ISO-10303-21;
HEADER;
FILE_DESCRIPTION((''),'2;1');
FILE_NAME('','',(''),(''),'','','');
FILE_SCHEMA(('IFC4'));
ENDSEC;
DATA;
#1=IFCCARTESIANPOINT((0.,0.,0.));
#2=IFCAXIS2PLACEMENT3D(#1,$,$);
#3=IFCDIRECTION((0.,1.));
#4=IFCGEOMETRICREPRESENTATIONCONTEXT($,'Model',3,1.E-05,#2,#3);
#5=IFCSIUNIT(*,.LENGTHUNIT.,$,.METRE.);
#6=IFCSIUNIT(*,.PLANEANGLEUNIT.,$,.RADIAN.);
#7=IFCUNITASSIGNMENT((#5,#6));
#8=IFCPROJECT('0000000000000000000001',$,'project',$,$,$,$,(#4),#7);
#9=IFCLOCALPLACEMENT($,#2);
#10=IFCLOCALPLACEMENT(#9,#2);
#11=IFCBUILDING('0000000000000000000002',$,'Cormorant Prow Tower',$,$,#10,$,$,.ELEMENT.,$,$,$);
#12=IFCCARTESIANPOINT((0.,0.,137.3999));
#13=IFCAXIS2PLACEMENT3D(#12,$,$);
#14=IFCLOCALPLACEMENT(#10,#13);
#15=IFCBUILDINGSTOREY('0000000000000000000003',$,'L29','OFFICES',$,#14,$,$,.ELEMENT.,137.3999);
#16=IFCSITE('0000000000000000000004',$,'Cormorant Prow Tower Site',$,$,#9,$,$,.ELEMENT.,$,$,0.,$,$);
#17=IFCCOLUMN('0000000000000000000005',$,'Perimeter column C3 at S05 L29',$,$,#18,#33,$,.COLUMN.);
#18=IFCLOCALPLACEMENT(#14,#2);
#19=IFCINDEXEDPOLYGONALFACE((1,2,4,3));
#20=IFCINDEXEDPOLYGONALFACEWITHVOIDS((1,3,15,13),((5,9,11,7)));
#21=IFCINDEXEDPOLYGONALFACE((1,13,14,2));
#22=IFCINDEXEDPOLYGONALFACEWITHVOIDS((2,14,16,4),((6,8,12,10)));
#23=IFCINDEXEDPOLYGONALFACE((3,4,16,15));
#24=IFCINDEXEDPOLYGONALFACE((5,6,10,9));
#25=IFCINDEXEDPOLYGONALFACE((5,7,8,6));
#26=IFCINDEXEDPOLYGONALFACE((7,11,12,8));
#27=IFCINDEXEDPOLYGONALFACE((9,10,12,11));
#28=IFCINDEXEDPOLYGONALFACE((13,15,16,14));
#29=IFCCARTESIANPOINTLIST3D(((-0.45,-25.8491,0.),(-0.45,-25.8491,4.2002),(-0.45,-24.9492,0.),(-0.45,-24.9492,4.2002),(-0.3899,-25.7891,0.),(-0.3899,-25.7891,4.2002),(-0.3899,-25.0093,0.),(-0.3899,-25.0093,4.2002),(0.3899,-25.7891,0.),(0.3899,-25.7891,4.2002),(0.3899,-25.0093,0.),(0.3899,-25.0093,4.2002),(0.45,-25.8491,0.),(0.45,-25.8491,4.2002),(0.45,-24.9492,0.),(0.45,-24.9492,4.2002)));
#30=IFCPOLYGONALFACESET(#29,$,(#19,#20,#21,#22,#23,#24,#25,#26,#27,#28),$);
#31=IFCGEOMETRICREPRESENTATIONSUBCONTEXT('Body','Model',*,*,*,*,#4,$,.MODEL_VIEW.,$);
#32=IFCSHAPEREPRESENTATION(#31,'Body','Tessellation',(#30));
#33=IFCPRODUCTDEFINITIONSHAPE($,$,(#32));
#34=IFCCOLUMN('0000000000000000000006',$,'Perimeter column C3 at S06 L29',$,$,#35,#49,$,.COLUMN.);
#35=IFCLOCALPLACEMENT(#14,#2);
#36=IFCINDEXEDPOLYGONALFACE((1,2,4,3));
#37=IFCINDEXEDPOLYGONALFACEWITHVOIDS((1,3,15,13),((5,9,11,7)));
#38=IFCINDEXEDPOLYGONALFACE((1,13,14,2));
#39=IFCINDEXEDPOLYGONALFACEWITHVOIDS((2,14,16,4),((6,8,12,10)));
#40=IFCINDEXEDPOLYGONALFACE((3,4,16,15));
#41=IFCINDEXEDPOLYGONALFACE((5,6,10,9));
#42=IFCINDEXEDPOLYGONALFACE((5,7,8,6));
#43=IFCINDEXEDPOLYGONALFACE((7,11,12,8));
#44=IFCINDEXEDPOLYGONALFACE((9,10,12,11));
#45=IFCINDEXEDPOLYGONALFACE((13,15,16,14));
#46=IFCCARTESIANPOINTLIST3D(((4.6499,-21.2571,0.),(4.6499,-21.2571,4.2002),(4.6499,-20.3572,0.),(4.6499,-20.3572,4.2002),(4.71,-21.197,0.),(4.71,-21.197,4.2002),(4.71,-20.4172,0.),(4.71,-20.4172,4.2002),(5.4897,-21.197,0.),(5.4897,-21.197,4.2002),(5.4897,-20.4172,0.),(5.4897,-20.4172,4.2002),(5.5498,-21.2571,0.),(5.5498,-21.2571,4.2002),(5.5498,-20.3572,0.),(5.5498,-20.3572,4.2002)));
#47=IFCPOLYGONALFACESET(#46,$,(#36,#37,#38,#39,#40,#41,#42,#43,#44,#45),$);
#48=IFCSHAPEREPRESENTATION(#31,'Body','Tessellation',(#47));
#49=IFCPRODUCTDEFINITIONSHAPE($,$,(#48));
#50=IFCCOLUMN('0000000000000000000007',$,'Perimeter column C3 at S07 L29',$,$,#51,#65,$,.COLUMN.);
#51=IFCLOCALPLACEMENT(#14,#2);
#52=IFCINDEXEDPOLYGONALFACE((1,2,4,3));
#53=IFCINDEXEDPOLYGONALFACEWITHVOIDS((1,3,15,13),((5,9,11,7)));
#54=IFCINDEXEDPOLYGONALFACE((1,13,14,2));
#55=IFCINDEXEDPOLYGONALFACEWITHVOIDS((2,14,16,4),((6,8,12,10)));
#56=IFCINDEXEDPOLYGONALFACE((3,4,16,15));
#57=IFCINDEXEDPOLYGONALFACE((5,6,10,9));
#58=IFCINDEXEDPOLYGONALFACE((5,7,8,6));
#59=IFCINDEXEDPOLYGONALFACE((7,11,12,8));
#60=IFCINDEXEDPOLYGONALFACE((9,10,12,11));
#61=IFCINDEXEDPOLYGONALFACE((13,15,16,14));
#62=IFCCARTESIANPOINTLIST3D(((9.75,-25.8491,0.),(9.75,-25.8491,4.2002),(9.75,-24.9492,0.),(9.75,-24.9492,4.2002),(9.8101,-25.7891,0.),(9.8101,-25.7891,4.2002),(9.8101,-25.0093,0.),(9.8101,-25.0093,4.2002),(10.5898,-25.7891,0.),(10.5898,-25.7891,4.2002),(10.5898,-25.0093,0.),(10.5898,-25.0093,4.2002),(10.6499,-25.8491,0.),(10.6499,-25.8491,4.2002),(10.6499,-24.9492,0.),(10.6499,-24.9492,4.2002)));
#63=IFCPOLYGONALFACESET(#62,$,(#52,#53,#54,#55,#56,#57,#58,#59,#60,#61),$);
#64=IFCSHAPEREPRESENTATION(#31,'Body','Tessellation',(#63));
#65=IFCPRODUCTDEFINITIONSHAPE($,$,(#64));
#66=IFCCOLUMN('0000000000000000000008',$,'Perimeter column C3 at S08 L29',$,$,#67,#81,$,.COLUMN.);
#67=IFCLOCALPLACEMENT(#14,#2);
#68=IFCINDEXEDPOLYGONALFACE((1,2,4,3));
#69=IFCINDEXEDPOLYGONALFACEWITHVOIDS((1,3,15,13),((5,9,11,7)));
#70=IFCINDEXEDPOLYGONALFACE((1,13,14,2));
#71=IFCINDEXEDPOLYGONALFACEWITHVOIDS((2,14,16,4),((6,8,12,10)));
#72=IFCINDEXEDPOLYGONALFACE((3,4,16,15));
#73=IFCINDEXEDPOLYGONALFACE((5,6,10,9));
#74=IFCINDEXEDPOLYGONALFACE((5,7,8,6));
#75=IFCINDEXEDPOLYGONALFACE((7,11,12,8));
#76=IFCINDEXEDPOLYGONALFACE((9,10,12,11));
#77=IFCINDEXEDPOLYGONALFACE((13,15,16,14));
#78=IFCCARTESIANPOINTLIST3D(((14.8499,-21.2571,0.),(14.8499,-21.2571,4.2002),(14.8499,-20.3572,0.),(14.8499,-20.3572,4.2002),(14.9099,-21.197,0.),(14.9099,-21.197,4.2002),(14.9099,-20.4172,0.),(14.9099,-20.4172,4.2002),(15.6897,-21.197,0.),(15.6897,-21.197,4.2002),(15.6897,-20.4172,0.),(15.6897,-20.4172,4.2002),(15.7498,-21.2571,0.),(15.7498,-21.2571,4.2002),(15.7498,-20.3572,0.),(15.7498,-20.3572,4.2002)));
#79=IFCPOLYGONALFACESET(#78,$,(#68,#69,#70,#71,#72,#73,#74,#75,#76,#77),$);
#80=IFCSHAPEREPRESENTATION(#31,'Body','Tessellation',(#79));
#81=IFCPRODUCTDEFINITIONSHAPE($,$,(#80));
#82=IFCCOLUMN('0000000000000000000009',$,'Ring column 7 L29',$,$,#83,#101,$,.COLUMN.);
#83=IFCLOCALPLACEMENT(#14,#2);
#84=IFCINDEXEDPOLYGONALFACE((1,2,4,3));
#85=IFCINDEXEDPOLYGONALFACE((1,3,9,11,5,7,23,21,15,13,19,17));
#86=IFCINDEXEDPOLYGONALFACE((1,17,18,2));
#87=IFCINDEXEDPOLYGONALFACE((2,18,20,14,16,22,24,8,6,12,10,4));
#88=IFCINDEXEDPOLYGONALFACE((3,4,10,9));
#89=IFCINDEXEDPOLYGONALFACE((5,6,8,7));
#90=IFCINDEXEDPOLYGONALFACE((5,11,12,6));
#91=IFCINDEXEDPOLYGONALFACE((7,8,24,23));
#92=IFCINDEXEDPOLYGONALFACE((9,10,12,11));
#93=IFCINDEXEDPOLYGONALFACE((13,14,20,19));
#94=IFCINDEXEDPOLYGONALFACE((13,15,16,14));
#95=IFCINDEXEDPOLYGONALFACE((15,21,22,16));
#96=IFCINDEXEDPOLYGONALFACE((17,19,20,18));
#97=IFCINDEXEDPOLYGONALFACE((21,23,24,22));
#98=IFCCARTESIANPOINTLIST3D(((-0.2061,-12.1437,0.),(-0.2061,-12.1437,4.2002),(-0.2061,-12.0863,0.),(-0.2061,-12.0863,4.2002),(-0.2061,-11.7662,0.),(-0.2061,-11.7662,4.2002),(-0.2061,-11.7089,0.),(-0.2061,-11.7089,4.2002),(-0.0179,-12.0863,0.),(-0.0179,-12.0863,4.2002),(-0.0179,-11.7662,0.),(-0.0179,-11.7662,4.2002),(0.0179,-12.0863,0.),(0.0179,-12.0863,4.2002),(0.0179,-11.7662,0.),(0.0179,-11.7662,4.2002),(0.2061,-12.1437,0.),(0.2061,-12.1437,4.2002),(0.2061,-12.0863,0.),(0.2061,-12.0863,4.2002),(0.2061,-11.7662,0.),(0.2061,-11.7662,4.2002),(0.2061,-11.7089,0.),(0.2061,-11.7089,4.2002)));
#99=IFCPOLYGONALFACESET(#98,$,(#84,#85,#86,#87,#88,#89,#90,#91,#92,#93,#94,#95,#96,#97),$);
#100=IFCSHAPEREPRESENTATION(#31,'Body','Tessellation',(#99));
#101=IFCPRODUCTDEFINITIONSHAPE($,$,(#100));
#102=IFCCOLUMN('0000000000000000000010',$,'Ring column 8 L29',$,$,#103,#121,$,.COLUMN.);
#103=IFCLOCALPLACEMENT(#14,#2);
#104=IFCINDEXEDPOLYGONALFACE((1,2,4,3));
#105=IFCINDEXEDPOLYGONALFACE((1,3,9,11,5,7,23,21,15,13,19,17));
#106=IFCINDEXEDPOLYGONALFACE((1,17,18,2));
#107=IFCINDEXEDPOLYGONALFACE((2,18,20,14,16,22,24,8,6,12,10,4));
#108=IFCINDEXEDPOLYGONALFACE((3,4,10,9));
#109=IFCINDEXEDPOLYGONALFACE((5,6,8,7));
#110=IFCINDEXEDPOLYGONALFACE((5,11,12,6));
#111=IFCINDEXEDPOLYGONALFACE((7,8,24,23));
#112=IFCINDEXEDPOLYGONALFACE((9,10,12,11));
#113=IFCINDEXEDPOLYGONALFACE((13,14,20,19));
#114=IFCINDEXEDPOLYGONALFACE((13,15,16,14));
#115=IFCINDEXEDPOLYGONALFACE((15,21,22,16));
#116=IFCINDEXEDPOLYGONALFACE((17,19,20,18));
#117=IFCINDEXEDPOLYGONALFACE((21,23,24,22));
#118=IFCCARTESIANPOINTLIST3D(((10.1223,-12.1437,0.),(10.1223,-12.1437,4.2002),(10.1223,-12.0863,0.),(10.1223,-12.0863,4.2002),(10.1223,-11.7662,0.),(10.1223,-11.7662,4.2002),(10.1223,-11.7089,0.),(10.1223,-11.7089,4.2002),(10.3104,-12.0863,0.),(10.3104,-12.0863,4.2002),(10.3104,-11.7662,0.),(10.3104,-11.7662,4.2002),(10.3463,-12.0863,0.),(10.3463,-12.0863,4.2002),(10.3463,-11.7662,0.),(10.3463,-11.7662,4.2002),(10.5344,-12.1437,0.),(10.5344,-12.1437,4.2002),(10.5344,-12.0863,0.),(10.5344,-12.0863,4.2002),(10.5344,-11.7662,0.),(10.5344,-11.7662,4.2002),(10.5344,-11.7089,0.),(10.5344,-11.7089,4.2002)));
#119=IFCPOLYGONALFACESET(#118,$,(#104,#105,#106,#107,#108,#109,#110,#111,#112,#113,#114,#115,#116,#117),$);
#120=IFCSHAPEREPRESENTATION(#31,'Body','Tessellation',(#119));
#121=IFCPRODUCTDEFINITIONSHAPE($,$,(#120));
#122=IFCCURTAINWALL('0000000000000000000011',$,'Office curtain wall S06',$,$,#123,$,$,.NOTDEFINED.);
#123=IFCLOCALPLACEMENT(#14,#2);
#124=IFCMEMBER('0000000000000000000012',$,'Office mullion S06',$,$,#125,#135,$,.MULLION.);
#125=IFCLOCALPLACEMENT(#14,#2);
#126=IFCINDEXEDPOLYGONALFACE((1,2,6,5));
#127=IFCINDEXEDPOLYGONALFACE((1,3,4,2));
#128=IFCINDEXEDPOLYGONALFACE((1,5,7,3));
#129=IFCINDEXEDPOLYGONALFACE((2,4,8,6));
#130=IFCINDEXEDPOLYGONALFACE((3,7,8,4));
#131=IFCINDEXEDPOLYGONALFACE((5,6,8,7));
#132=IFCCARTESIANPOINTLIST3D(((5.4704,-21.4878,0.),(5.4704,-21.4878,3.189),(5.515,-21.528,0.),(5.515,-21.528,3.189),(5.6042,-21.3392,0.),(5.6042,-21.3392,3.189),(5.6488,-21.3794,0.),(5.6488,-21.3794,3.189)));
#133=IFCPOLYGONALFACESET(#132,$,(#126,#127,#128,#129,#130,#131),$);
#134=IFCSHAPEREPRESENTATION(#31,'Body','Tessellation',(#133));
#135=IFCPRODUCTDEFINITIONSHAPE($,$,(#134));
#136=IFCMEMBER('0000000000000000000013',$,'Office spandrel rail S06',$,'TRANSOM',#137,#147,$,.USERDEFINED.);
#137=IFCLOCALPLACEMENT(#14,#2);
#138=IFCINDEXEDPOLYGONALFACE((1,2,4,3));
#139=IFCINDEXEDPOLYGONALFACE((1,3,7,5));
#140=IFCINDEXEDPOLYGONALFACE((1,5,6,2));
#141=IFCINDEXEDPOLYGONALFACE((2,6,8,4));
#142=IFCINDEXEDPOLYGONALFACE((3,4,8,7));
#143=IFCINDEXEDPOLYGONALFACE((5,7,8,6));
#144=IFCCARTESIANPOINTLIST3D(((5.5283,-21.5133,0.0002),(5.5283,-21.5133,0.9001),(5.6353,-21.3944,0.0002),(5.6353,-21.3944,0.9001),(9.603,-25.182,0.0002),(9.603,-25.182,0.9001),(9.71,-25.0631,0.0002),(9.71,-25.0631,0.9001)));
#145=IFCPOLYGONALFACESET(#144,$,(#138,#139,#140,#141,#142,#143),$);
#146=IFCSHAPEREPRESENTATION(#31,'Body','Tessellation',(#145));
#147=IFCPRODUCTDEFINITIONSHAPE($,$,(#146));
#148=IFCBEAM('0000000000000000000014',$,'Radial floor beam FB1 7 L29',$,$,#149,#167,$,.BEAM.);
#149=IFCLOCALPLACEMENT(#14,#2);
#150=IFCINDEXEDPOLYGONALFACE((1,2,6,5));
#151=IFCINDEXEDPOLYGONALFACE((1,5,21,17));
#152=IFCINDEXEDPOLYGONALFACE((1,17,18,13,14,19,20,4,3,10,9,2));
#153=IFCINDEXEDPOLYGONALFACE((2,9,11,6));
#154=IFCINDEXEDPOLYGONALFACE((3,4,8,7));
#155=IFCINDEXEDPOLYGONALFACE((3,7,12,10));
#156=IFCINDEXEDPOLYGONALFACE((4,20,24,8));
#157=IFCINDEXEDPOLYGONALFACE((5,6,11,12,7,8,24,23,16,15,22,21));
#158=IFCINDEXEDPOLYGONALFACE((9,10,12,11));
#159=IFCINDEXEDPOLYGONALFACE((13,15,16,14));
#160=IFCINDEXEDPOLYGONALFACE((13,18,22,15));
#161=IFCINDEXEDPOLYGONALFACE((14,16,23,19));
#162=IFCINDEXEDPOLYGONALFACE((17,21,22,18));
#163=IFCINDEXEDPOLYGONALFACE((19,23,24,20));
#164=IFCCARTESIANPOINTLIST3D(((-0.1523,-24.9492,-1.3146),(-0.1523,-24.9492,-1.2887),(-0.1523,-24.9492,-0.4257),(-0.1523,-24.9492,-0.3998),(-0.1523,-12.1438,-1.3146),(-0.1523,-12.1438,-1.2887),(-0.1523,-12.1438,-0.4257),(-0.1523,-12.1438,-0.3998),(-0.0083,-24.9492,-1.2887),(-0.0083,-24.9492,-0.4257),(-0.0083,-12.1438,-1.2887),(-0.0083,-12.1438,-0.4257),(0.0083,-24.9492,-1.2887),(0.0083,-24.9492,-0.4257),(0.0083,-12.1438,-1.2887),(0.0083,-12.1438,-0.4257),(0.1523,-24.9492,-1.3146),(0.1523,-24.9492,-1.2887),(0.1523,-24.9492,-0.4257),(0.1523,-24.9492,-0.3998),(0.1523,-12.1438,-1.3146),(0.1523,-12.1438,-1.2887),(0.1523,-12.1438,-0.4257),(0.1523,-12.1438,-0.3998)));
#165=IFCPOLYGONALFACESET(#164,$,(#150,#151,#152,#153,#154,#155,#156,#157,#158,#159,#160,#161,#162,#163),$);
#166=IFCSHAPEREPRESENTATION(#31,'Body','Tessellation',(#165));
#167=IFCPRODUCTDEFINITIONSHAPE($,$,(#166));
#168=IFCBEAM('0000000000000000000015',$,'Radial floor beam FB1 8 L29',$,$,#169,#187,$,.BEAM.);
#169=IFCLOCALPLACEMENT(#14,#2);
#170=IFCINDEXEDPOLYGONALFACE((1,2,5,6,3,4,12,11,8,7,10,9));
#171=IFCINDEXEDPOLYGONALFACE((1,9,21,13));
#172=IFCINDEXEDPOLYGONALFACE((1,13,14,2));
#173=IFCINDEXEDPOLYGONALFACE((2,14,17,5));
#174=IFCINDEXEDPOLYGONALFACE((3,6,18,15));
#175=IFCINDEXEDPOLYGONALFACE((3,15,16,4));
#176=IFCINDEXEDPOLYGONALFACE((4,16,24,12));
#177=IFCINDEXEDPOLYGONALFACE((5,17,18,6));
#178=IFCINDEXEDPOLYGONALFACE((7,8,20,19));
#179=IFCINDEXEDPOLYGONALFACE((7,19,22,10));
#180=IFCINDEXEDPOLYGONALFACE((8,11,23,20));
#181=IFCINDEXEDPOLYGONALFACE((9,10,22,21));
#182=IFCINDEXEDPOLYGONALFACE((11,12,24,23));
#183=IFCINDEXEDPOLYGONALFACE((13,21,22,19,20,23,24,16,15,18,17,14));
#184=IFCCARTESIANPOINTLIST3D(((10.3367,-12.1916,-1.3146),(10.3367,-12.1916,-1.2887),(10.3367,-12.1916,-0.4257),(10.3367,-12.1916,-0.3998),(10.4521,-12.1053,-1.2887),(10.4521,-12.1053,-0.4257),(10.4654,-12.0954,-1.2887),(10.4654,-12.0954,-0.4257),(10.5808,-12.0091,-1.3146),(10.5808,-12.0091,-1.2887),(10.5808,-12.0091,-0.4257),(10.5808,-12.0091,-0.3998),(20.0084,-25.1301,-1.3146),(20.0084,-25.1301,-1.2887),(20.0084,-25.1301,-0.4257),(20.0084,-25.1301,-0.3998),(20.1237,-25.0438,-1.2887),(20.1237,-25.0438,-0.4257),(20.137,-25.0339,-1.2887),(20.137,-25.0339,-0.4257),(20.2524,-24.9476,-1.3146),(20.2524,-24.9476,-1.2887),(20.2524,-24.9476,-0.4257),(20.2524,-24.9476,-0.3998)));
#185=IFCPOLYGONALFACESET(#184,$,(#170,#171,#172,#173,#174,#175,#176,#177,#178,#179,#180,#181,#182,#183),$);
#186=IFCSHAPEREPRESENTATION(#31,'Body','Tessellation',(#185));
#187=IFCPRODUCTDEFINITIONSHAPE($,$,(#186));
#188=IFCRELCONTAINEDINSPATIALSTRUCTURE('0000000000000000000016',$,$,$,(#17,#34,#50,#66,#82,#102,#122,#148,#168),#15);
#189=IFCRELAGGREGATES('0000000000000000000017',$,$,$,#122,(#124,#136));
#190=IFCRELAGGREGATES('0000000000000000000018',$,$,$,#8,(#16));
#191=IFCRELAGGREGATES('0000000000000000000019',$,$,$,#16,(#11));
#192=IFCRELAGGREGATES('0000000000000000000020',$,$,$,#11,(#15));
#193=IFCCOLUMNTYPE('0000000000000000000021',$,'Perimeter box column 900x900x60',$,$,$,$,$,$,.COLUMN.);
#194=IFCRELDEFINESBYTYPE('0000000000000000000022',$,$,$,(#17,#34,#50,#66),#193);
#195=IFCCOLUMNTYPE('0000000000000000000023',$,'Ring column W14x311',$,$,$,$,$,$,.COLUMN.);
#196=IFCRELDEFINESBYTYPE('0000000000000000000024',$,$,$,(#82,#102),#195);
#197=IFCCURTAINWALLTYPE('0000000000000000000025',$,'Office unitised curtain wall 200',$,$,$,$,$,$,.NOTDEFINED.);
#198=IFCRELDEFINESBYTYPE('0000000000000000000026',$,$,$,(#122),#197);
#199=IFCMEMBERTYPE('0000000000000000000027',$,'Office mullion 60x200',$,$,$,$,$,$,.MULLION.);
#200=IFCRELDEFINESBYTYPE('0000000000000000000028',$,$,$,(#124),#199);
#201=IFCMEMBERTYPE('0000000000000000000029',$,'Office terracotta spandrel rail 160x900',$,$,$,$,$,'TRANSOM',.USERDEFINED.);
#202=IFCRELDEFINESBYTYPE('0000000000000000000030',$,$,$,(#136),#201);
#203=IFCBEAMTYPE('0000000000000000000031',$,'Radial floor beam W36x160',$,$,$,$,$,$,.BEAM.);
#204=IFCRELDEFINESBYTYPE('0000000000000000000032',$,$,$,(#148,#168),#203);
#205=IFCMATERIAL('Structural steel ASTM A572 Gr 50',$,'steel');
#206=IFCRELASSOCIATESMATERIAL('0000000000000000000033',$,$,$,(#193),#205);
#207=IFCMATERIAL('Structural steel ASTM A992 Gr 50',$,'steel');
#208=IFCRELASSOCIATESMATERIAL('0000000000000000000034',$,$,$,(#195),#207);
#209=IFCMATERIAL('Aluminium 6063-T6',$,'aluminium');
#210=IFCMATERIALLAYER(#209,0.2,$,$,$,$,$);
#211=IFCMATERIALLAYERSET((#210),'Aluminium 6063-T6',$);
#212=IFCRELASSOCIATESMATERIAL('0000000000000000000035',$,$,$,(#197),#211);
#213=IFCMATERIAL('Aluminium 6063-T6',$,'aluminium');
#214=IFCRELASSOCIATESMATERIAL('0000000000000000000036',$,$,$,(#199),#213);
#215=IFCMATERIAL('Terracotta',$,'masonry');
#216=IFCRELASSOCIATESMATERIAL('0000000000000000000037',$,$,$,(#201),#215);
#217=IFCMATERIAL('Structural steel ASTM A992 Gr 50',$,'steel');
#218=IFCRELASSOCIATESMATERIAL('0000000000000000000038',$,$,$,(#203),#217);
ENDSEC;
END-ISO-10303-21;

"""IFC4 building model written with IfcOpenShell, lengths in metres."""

from ifc_helpers import new_model, si_unit, direction, frame, origin, origin_2d, place, context, subcontext, project, spatial, rectangle, hollow_rectangle, i_section, extrude, material, layer, layer_set, material_profile, profile_set, type_object, element, aggregate, save


model = new_model("IFC4")

# Units and contexts
model_context = context("Model", 3, precision=1e-05, world=origin(), true_north=direction((0.0, 1.0)))
body_context = subcontext(model_context, "Body", "Model", "MODEL_VIEW")
ifc_project = project(units=[si_unit("LENGTHUNIT", "METRE"), si_unit("PLANEANGLEUNIT", "RADIAN")], contexts=[model_context])

# Site, building, storey
site_placement = place(None, origin())
site = spatial("IfcSite", under=ifc_project, at=site_placement, Name="Cormorant Prow Tower Site", CompositionType="ELEMENT", RefElevation=0.0)
building_placement = place(site_placement, origin())
building = spatial("IfcBuilding", under=site, at=building_placement, Name="Cormorant Prow Tower", CompositionType="ELEMENT")
storey_placement = place(building_placement, frame((0.0, 0.0, 137.3999)))
storey = spatial("IfcBuildingStorey", under=building, at=storey_placement, Name="L29", Description="OFFICES", CompositionType="ELEMENT", Elevation=137.3999)

# Columns
ifc_material_1 = material(Name="Structural steel ASTM A572 Gr 50", Category="steel")
ifc_material_profile_1 = material_profile(ifc_material_1, hollow_rectangle(XDim=0.8999, YDim=0.8999, WallThickness=0.0601, at=origin_2d()), Name="Box 900x900x60")
ifc_profile_set_1 = profile_set([ifc_material_profile_1], Name="Structural steel ASTM A572 Gr 50")
column_type_1 = type_object("IfcColumnType", Name="Perimeter box column 900x900x60", PredefinedType="COLUMN", material=ifc_profile_set_1)
for number, where, z_axis, x_axis, name in (
    (1, (0.0, -25.3992, 0.0), (0.0, 0.0, 1.0), (1.0, 0.0, 0.0), "Perimeter column C3 at S05 L29"),
    (2, (5.0999, -20.8071, 0.0), (0.0, 0.0, 1.0), (1.0, 0.0, 0.0), "Perimeter column C3 at S06 L29"),
    (3, (10.2, -25.3992, 0.0), (0.0, 0.0, 1.0), (1.0, 0.0, 0.0), "Perimeter column C3 at S07 L29"),
    (4, (15.2998, -20.8071, 0.0), (0.0, 0.0, 1.0), (1.0, 0.0, 0.0), "Perimeter column C3 at S08 L29"),
):
    element("IfcColumn", number, at=place(storey_placement, frame(where, z_axis=z_axis, x_axis=x_axis)), inside=storey, type_object=column_type_1, Name=name, PredefinedType="COLUMN", context=body_context, shape_type="SweptSolid", body=[
        extrude(hollow_rectangle(XDim=0.8999, YDim=0.8999, WallThickness=0.0601, at=origin_2d()), origin(), (0.0, 0.0, 1.0), 4.2002),
    ])
ifc_material_2 = material(Name="Structural steel ASTM A992 Gr 50", Category="steel")
ifc_material_profile_2 = material_profile(ifc_material_2, i_section(OverallWidth=0.4121, OverallDepth=0.4348, WebThickness=0.0359, FlangeThickness=0.0574, at=origin_2d()), Name="W14x311")
ifc_profile_set_2 = profile_set([ifc_material_profile_2], Name="Structural steel ASTM A992 Gr 50")
column_type_2 = type_object("IfcColumnType", Name="Ring column W14x311", PredefinedType="COLUMN", material=ifc_profile_set_2)
for number, where, z_axis, x_axis, name in (
    (5, (0.0, -11.9263, 0.0), (0.0, 0.0, 1.0), (1.0, 0.0, 0.0), "Ring column 7 L29"),
    (6, (10.3284, -11.9263, 0.0), (0.0, 0.0, 1.0), (1.0, 0.0, 0.0), "Ring column 8 L29"),
):
    element("IfcColumn", number, at=place(storey_placement, frame(where, z_axis=z_axis, x_axis=x_axis)), inside=storey, type_object=column_type_2, Name=name, PredefinedType="COLUMN", context=body_context, shape_type="SweptSolid", body=[
        extrude(i_section(OverallWidth=0.4121, OverallDepth=0.4348, WebThickness=0.0359, FlangeThickness=0.0574, at=origin_2d()), origin(), (0.0, 0.0, 1.0), 4.2002),
    ])

# Curtain wall, members
ifc_material_3 = material(Name="Aluminium 6063-T6", Category="aluminium")
ifc_layer_1 = layer(ifc_material_3, 0.2)
ifc_layer_set_1 = layer_set([ifc_layer_1], Name="Aluminium 6063-T6")
curtain_wall_type = type_object("IfcCurtainWallType", Name="Office unitised curtain wall 200", PredefinedType="NOTDEFINED", material=ifc_layer_set_1)
curtain_wall_placement = place(storey_placement, origin())
curtain_wall = element("IfcCurtainWall", 7, at=curtain_wall_placement, inside=storey, type_object=curtain_wall_type, Name="Office curtain wall S06", PredefinedType="NOTDEFINED")
ifc_material_4 = material(Name="Aluminium 6063-T6", Category="aluminium")
ifc_material_profile_3 = material_profile(ifc_material_4, rectangle(XDim=0.2, YDim=0.0601, at=origin_2d()), Name="Office mullion 60x200")
ifc_profile_set_3 = profile_set([ifc_material_profile_3], Name="Aluminium 6063-T6")
member_type_1 = type_object("IfcMemberType", Name="Office mullion 60x200", PredefinedType="MULLION", material=ifc_profile_set_3)
member_1_placement = place(storey_placement, frame((5.5596, -21.4336, 0.0), z_axis=(0.0, 0.0, 1.0), x_axis=(0.669131, 0.743145, 0.0)))
member_1 = element("IfcMember", 8, at=member_1_placement, type_object=member_type_1, Name="Office mullion S06", PredefinedType="MULLION", context=body_context, shape_type="SweptSolid", body=[
    extrude(rectangle(XDim=0.2, YDim=0.0601, at=origin_2d()), origin(), (0.0, 0.0, 1.0), 3.189),
])
ifc_material_5 = material(Name="Terracotta", Category="masonry")
ifc_material_profile_4 = material_profile(ifc_material_5, rectangle(XDim=0.1599, YDim=0.8999, at=origin_2d()), Name="Office terracotta spandrel rail 160x900")
ifc_profile_set_4 = profile_set([ifc_material_profile_4], Name="Terracotta")
member_type_2 = type_object("IfcMemberType", Name="Office terracotta spandrel rail 160x900", ElementType="TRANSOM", PredefinedType="USERDEFINED", material=ifc_profile_set_4)
member_2_placement = place(storey_placement, frame((5.5818, -21.4539, 0.4502), z_axis=(0.743161, -0.669112, 0.0), x_axis=(0.669112, 0.743161, 0.0)))
member_2 = element("IfcMember", 9, at=member_2_placement, type_object=member_type_2, Name="Office spandrel rail S06", ObjectType="TRANSOM", PredefinedType="USERDEFINED", context=body_context, shape_type="SweptSolid", body=[
    extrude(rectangle(XDim=0.1599, YDim=0.8999, at=origin_2d()), origin(), (0.0, 0.0, 1.0), 5.4829),
])

# Beams
ifc_material_6 = material(Name="Structural steel ASTM A992 Gr 50", Category="steel")
ifc_material_profile_5 = material_profile(ifc_material_6, i_section(OverallWidth=0.3047, OverallDepth=0.9148, WebThickness=0.0166, FlangeThickness=0.0259, at=origin_2d()), Name="W36x160")
ifc_profile_set_5 = profile_set([ifc_material_profile_5], Name="Structural steel ASTM A992 Gr 50")
beam_type_1 = type_object("IfcBeamType", Name="Radial floor beam W36x160", PredefinedType="BEAM", material=ifc_profile_set_5)
beam_1_placement = place(storey_placement, frame((0.0, -12.1438, -0.8572), z_axis=(0.0, -1.0, 0.0), x_axis=(1.0, 0.0, 0.0)))
element("IfcBeam", 10, at=beam_1_placement, inside=storey, type_object=beam_type_1, Name="Radial floor beam FB1 7 L29", PredefinedType="BEAM", context=body_context, shape_type="SweptSolid", body=[
    extrude(i_section(OverallWidth=0.3047, OverallDepth=0.9148, WebThickness=0.0166, FlangeThickness=0.0259, at=origin_2d()), origin(), (0.0, 0.0, 1.0), 12.8054),
])
beam_2_placement = place(storey_placement, frame((10.4587, -12.1003, -0.8572), z_axis=(0.598722, -0.800957, 0.0), x_axis=(0.800957, 0.598722, 0.0)))
element("IfcBeam", 11, at=beam_2_placement, inside=storey, type_object=beam_type_1, Name="Radial floor beam FB1 8 L29", PredefinedType="BEAM", context=body_context, shape_type="SweptSolid", body=[
    extrude(i_section(OverallWidth=0.3047, OverallDepth=0.9148, WebThickness=0.0166, FlangeThickness=0.0259, at=origin_2d()), origin(), (0.0, 0.0, 1.0), 16.1538),
])

aggregate(curtain_wall, [member_1, member_2])

save(model, "model.ifc")
